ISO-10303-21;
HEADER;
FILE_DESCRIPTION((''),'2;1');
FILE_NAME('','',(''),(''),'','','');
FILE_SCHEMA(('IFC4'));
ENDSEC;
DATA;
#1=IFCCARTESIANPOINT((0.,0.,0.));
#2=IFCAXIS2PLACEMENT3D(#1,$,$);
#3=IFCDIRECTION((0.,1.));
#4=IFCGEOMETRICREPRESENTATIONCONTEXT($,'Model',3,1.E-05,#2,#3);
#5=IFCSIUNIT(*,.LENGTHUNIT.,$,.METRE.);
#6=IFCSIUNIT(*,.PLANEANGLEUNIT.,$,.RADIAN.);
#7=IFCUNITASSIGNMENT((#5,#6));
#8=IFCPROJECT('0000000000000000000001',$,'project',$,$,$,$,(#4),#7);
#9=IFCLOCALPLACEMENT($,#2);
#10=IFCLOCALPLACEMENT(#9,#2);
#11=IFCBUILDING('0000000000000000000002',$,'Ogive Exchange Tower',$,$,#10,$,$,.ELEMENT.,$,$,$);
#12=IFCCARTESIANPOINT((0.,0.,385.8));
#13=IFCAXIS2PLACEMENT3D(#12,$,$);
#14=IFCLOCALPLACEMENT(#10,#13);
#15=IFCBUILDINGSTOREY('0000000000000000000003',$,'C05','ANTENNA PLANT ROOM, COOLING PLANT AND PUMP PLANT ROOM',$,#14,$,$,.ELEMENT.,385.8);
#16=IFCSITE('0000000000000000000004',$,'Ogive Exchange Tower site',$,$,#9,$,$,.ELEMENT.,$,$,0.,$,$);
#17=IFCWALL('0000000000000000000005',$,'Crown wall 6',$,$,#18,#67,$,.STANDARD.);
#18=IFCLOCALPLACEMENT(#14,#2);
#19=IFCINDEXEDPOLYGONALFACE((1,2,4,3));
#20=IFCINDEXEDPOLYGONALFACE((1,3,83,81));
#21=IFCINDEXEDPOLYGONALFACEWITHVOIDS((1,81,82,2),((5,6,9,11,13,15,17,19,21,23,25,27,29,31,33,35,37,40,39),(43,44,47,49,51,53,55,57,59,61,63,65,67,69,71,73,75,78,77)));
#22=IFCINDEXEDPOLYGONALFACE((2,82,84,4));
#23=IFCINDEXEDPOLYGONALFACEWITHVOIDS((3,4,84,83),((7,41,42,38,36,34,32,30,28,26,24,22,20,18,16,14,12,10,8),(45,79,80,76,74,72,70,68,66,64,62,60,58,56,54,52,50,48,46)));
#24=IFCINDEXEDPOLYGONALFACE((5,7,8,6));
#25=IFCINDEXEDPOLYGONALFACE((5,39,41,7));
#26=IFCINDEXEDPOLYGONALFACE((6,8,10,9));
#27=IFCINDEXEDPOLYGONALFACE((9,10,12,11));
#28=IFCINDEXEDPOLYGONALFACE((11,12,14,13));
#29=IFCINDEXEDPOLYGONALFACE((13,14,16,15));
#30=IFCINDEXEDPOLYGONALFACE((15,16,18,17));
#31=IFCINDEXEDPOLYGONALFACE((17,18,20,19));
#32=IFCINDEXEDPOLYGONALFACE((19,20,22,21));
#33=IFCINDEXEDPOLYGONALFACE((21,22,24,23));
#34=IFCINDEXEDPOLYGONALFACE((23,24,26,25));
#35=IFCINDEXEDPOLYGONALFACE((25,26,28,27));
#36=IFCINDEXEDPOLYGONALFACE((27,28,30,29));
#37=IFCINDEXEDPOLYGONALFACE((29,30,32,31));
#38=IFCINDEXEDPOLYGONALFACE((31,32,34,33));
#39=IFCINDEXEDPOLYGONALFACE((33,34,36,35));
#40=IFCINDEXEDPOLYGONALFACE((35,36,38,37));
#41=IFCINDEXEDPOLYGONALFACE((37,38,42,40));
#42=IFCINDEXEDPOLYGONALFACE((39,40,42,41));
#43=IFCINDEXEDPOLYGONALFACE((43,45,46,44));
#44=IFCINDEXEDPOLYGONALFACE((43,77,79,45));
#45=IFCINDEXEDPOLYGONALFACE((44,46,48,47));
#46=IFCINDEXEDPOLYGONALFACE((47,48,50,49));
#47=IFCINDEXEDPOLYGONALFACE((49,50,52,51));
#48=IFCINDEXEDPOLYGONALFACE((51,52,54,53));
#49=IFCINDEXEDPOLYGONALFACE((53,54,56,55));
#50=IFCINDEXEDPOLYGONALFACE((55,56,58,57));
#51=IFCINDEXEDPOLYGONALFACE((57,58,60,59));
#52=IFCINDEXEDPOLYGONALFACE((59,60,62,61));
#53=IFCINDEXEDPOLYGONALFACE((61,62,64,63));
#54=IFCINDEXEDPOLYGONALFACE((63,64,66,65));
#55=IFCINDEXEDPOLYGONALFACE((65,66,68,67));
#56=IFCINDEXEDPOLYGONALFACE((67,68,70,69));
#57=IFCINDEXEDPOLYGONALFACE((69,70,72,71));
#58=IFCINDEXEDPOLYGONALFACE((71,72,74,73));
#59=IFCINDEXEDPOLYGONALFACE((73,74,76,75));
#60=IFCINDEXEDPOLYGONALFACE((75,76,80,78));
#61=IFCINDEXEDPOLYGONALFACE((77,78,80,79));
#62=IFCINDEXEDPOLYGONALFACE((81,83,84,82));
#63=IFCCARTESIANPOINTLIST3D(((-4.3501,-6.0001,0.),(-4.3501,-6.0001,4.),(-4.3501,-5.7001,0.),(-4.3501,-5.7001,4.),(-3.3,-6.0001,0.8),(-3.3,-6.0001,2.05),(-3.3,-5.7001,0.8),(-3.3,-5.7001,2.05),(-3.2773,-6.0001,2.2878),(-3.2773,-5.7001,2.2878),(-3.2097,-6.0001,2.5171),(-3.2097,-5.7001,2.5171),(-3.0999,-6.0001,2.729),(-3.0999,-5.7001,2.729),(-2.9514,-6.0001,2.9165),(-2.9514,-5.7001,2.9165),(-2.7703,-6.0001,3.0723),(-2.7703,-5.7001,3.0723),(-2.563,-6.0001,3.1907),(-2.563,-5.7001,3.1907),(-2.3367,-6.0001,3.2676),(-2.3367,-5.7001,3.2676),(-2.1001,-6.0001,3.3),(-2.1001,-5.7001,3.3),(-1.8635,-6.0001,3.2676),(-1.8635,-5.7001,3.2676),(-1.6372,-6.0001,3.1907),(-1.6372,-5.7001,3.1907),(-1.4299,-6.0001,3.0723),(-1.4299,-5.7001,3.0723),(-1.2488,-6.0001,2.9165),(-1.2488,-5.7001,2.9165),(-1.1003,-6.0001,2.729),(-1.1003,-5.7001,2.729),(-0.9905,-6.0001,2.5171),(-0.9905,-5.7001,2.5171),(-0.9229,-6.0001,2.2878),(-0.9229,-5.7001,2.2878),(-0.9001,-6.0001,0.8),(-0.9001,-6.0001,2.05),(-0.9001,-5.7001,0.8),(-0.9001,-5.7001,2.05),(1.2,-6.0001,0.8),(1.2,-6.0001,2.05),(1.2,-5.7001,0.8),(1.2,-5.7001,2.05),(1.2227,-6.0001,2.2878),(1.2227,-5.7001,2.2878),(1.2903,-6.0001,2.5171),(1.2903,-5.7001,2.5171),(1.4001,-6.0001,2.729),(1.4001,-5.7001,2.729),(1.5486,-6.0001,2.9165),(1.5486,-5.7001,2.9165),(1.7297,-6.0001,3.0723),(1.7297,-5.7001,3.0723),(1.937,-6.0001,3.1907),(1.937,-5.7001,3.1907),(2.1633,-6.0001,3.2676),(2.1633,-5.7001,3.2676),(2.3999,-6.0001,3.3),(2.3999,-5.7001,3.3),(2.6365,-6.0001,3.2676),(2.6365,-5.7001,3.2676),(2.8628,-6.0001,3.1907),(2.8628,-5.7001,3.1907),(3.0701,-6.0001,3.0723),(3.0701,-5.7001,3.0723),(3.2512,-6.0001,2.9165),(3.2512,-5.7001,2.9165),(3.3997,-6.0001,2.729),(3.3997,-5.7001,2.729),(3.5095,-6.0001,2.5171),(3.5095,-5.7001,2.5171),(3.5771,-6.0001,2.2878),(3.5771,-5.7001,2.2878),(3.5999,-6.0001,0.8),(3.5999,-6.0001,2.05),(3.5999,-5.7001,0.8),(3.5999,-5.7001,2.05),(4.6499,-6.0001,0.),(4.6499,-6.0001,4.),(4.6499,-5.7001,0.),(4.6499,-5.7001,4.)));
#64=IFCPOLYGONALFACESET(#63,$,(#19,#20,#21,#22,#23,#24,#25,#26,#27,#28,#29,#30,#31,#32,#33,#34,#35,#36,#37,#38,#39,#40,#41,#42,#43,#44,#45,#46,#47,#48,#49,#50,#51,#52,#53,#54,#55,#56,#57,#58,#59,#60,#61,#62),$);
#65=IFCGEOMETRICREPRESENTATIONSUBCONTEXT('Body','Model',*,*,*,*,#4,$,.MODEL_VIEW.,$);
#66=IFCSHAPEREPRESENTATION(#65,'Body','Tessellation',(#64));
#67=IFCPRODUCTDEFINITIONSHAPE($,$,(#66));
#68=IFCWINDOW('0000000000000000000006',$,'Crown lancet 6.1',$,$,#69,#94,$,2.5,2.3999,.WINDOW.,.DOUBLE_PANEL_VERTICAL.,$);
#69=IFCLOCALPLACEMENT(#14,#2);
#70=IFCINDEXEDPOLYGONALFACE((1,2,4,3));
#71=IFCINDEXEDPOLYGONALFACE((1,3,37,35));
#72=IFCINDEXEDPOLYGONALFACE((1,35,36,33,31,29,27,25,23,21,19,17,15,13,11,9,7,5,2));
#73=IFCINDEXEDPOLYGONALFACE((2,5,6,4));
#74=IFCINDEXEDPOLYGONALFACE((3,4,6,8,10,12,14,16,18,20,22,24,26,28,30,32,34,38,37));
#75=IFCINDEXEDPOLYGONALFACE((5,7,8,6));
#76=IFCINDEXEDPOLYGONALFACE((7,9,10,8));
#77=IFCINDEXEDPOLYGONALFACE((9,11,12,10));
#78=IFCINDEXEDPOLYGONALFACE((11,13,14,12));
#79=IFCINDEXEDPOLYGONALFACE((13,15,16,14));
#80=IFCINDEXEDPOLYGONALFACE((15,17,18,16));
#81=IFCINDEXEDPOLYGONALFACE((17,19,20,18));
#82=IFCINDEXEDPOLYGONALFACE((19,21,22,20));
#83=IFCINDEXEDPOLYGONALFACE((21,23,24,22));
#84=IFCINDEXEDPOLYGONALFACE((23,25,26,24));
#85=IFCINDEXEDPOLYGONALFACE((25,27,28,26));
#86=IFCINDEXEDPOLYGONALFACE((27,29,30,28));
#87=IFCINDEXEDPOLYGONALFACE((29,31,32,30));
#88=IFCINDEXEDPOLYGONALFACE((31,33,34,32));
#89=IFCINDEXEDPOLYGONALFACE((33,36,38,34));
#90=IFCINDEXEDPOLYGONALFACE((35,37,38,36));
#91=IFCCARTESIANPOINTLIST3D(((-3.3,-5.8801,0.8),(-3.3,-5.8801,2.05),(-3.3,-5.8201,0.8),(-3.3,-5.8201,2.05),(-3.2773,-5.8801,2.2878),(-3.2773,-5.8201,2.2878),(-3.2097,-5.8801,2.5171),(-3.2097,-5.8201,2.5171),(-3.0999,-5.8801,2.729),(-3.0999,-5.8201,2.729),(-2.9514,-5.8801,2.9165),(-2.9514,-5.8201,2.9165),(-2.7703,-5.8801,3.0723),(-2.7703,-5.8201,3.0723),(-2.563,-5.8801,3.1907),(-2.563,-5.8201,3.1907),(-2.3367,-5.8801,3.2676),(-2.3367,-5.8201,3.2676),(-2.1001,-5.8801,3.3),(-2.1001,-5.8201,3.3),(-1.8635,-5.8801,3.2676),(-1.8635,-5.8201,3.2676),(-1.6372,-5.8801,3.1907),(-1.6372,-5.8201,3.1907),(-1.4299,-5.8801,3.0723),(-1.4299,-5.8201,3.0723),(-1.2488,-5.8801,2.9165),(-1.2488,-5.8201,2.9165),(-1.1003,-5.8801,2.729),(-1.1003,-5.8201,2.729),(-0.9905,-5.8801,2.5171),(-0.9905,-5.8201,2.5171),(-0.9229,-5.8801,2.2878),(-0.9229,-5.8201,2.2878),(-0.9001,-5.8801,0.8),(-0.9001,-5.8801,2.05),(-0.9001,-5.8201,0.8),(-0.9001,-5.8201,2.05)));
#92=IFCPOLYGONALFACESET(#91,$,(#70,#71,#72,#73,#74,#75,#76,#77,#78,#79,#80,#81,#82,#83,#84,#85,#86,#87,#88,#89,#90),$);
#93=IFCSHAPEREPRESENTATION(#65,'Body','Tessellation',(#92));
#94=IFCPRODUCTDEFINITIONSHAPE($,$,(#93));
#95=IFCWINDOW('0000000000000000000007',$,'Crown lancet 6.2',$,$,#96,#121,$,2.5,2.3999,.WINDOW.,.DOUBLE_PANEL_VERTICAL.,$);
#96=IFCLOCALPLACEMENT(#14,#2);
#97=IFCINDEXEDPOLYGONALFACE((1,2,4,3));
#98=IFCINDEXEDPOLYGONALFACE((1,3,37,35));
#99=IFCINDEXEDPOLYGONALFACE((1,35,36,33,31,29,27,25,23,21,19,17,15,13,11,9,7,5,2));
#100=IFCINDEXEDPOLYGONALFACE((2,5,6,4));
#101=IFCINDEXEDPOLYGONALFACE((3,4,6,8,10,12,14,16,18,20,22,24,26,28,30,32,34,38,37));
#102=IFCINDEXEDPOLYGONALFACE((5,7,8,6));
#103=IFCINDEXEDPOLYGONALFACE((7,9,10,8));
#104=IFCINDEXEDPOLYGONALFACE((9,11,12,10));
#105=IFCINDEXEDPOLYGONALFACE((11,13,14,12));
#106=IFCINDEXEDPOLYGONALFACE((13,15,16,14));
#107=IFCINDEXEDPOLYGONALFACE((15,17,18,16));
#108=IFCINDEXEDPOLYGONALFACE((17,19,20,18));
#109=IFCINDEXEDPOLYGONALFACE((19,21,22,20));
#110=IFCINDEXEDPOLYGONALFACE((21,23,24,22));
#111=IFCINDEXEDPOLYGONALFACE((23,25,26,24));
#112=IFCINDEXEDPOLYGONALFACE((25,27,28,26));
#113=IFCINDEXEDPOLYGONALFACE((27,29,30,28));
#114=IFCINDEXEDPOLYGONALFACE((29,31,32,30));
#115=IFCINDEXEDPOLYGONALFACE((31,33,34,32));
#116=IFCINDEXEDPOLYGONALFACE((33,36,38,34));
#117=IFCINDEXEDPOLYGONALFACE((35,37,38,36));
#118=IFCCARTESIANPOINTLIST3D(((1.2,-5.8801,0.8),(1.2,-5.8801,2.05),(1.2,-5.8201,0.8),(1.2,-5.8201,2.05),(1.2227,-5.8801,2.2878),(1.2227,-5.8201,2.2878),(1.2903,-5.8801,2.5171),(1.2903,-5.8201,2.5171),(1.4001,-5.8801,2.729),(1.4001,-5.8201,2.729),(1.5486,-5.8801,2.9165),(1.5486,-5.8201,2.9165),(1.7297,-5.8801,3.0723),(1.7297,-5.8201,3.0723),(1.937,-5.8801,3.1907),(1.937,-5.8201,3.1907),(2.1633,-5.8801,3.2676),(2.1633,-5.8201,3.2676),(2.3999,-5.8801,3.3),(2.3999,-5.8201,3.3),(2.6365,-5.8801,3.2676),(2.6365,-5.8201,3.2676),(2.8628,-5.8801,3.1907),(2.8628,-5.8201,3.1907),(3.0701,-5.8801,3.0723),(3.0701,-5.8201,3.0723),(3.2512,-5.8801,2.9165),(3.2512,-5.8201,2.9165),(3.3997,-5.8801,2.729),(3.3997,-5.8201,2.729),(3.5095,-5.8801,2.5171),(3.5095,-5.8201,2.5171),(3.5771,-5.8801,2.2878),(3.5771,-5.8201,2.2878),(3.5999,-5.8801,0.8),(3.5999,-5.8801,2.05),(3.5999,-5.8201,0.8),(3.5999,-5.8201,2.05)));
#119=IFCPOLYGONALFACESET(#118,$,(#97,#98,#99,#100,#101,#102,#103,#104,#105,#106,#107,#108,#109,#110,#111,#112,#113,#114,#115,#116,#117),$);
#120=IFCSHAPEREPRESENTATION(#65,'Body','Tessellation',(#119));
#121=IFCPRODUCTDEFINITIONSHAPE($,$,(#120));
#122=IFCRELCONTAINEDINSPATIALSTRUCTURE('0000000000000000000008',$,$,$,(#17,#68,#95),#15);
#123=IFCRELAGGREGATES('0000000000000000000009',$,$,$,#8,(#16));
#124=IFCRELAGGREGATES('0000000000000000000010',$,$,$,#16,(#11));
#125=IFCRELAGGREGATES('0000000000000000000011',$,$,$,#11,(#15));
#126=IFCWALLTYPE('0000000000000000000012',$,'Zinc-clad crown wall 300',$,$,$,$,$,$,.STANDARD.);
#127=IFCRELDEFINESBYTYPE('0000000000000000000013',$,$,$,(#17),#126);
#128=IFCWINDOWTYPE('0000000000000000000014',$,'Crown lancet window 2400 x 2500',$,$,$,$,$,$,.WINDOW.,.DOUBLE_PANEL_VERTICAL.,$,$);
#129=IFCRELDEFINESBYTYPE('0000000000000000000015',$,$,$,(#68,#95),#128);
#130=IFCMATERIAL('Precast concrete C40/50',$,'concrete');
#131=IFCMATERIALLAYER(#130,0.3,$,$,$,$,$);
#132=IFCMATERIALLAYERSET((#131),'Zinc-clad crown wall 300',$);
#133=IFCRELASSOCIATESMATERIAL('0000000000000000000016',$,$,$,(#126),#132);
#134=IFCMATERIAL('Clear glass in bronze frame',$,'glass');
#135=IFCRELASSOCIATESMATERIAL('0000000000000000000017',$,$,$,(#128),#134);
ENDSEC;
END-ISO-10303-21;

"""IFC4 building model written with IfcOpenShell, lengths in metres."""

from ifc_helpers import new_model, si_unit, direction, frame, frame_2d, origin, place, context, subcontext, project, spatial, polyline, rectangle, outline, extrude, material, layer, layer_set, type_object, element, fill, save


model = new_model("IFC4")

# Units and contexts
model_context = context("Model", 3, precision=1e-05, world=origin(), true_north=direction((0.0, 1.0)))
body_context = subcontext(model_context, "Body", "Model", "MODEL_VIEW")
ifc_project = project(units=[si_unit("LENGTHUNIT", "METRE"), si_unit("PLANEANGLEUNIT", "RADIAN")], contexts=[model_context])

# Site, building, storey
site_placement = place(None, origin())
site = spatial("IfcSite", under=ifc_project, at=site_placement, Name="Ogive Exchange Tower site", CompositionType="ELEMENT", RefElevation=0.0)
building_placement = place(site_placement, origin())
building = spatial("IfcBuilding", under=site, at=building_placement, Name="Ogive Exchange Tower", CompositionType="ELEMENT")
storey_placement = place(building_placement, frame((0.0, 0.0, 385.8)))
storey = spatial("IfcBuildingStorey", under=building, at=storey_placement, Name="C05", Description="ANTENNA PLANT ROOM, COOLING PLANT AND PUMP PLANT ROOM", CompositionType="ELEMENT", Elevation=385.8)

# Wall, openings, windows
ifc_material_1 = material(Name="Precast concrete C40/50", Category="concrete")
ifc_layer_1 = layer(ifc_material_1, 0.3)
ifc_layer_set_1 = layer_set([ifc_layer_1], Name="Zinc-clad crown wall 300")
wall_type_1 = type_object("IfcWallType", Name="Zinc-clad crown wall 300", PredefinedType="STANDARD", material=ifc_layer_set_1)
wall_1_placement = place(storey_placement, frame((-4.3501, -5.8501, 0.0), z_axis=(0.0, 0.0, 1.0), x_axis=(1.0, 0.0, 0.0)))
wall_1 = element("IfcWall", 1, at=wall_1_placement, inside=storey, type_object=wall_type_1, Name="Crown wall 6", PredefinedType="STANDARD", context=body_context, shape_type="SweptSolid", body=[
    extrude(rectangle(XDim=9.0, YDim=0.3, at=frame_2d((4.5, 0.0))), origin(), (0.0, 0.0, 1.0), 4.0),
])
opening_1_placement = place(wall_1_placement, frame((1.05, 0.0, 0.8)))
opening_1 = element("IfcOpeningElement", 2, at=opening_1_placement, cuts=wall_1, PredefinedType="OPENING", context=body_context, shape_type="SweptSolid", body=[
    extrude(outline(polyline([(0.0, 0.0), (2.3999, 0.0), (2.3999, 1.25), (2.3772, 1.4878), (2.3096, 1.717), (2.1997, 1.929), (2.0513, 2.1165), (1.8701, 2.2722), (1.6628, 2.3906), (1.4365, 2.4675), (1.2, 2.5), (0.9634, 2.4675), (0.7371, 2.3906), (0.5298, 2.2722), (0.3486, 2.1165), (0.2002, 1.929), (0.0903, 1.717), (0.0227, 1.4878), (0.0, 1.25), (0.0, 0.0)])), frame((0.0, 0.1599, 0.0), z_axis=(0.0, -1.0, 0.0), x_axis=(1.0, 0.0, 0.0)), (0.0, 0.0, 1.0), 0.3201),
])
opening_2_placement = place(wall_1_placement, frame((5.55, 0.0, 0.8)))
opening_2 = element("IfcOpeningElement", 3, at=opening_2_placement, cuts=wall_1, PredefinedType="OPENING", context=body_context, shape_type="SweptSolid", body=[
    extrude(outline(polyline([(0.0, 0.0), (2.3999, 0.0), (2.3999, 1.25), (2.3772, 1.4878), (2.3096, 1.717), (2.1997, 1.929), (2.0513, 2.1165), (1.8701, 2.2722), (1.6628, 2.3906), (1.4365, 2.4675), (1.2, 2.5), (0.9634, 2.4675), (0.7371, 2.3906), (0.5298, 2.2722), (0.3486, 2.1165), (0.2002, 1.929), (0.0903, 1.717), (0.0227, 1.4878), (0.0, 1.25), (0.0, 0.0)])), frame((0.0, 0.1599, 0.0), z_axis=(0.0, -1.0, 0.0), x_axis=(1.0, 0.0, 0.0)), (0.0, 0.0, 1.0), 0.3201),
])
ifc_material_2 = material(Name="Clear glass in bronze frame", Category="glass")
window_type = type_object("IfcWindowType", Name="Crown lancet window 2400 x 2500", PartitioningType="DOUBLE_PANEL_VERTICAL", PredefinedType="WINDOW", material=ifc_material_2)
window_1_placement = place(opening_1_placement, origin())
window_1 = element("IfcWindow", 4, at=window_1_placement, inside=storey, type_object=window_type, Name="Crown lancet 6.1", OverallHeight=2.5, OverallWidth=2.3999, PartitioningType="DOUBLE_PANEL_VERTICAL", PredefinedType="WINDOW", context=body_context, shape_type="SweptSolid", body=[
    extrude(outline(polyline([(0.0, 0.0), (2.3999, 0.0), (2.3999, 1.25), (2.3772, 1.4878), (2.3096, 1.717), (2.1997, 1.929), (2.0513, 2.1165), (1.8701, 2.2722), (1.6628, 2.3906), (1.4365, 2.4675), (1.2, 2.5), (0.9634, 2.4675), (0.7371, 2.3906), (0.5298, 2.2722), (0.3486, 2.1165), (0.2002, 1.929), (0.0903, 1.717), (0.0227, 1.4878), (0.0, 1.25), (0.0, 0.0)])), frame((0.0, 0.03, 0.0), z_axis=(0.0, -1.0, 0.0), x_axis=(1.0, 0.0, 0.0)), (0.0, 0.0, 1.0), 0.0601),
])
fill(opening_1, window_1)
window_2_placement = place(opening_2_placement, origin())
window_2 = element("IfcWindow", 5, at=window_2_placement, inside=storey, type_object=window_type, Name="Crown lancet 6.2", OverallHeight=2.5, OverallWidth=2.3999, PartitioningType="DOUBLE_PANEL_VERTICAL", PredefinedType="WINDOW", context=body_context, shape_type="SweptSolid", body=[
    extrude(outline(polyline([(0.0, 0.0), (2.3999, 0.0), (2.3999, 1.25), (2.3772, 1.4878), (2.3096, 1.717), (2.1997, 1.929), (2.0513, 2.1165), (1.8701, 2.2722), (1.6628, 2.3906), (1.4365, 2.4675), (1.2, 2.5), (0.9634, 2.4675), (0.7371, 2.3906), (0.5298, 2.2722), (0.3486, 2.1165), (0.2002, 1.929), (0.0903, 1.717), (0.0227, 1.4878), (0.0, 1.25), (0.0, 0.0)])), frame((0.0, 0.03, 0.0), z_axis=(0.0, -1.0, 0.0), x_axis=(1.0, 0.0, 0.0)), (0.0, 0.0, 1.0), 0.0601),
])
fill(opening_2, window_2)

save(model, "model.ifc")
